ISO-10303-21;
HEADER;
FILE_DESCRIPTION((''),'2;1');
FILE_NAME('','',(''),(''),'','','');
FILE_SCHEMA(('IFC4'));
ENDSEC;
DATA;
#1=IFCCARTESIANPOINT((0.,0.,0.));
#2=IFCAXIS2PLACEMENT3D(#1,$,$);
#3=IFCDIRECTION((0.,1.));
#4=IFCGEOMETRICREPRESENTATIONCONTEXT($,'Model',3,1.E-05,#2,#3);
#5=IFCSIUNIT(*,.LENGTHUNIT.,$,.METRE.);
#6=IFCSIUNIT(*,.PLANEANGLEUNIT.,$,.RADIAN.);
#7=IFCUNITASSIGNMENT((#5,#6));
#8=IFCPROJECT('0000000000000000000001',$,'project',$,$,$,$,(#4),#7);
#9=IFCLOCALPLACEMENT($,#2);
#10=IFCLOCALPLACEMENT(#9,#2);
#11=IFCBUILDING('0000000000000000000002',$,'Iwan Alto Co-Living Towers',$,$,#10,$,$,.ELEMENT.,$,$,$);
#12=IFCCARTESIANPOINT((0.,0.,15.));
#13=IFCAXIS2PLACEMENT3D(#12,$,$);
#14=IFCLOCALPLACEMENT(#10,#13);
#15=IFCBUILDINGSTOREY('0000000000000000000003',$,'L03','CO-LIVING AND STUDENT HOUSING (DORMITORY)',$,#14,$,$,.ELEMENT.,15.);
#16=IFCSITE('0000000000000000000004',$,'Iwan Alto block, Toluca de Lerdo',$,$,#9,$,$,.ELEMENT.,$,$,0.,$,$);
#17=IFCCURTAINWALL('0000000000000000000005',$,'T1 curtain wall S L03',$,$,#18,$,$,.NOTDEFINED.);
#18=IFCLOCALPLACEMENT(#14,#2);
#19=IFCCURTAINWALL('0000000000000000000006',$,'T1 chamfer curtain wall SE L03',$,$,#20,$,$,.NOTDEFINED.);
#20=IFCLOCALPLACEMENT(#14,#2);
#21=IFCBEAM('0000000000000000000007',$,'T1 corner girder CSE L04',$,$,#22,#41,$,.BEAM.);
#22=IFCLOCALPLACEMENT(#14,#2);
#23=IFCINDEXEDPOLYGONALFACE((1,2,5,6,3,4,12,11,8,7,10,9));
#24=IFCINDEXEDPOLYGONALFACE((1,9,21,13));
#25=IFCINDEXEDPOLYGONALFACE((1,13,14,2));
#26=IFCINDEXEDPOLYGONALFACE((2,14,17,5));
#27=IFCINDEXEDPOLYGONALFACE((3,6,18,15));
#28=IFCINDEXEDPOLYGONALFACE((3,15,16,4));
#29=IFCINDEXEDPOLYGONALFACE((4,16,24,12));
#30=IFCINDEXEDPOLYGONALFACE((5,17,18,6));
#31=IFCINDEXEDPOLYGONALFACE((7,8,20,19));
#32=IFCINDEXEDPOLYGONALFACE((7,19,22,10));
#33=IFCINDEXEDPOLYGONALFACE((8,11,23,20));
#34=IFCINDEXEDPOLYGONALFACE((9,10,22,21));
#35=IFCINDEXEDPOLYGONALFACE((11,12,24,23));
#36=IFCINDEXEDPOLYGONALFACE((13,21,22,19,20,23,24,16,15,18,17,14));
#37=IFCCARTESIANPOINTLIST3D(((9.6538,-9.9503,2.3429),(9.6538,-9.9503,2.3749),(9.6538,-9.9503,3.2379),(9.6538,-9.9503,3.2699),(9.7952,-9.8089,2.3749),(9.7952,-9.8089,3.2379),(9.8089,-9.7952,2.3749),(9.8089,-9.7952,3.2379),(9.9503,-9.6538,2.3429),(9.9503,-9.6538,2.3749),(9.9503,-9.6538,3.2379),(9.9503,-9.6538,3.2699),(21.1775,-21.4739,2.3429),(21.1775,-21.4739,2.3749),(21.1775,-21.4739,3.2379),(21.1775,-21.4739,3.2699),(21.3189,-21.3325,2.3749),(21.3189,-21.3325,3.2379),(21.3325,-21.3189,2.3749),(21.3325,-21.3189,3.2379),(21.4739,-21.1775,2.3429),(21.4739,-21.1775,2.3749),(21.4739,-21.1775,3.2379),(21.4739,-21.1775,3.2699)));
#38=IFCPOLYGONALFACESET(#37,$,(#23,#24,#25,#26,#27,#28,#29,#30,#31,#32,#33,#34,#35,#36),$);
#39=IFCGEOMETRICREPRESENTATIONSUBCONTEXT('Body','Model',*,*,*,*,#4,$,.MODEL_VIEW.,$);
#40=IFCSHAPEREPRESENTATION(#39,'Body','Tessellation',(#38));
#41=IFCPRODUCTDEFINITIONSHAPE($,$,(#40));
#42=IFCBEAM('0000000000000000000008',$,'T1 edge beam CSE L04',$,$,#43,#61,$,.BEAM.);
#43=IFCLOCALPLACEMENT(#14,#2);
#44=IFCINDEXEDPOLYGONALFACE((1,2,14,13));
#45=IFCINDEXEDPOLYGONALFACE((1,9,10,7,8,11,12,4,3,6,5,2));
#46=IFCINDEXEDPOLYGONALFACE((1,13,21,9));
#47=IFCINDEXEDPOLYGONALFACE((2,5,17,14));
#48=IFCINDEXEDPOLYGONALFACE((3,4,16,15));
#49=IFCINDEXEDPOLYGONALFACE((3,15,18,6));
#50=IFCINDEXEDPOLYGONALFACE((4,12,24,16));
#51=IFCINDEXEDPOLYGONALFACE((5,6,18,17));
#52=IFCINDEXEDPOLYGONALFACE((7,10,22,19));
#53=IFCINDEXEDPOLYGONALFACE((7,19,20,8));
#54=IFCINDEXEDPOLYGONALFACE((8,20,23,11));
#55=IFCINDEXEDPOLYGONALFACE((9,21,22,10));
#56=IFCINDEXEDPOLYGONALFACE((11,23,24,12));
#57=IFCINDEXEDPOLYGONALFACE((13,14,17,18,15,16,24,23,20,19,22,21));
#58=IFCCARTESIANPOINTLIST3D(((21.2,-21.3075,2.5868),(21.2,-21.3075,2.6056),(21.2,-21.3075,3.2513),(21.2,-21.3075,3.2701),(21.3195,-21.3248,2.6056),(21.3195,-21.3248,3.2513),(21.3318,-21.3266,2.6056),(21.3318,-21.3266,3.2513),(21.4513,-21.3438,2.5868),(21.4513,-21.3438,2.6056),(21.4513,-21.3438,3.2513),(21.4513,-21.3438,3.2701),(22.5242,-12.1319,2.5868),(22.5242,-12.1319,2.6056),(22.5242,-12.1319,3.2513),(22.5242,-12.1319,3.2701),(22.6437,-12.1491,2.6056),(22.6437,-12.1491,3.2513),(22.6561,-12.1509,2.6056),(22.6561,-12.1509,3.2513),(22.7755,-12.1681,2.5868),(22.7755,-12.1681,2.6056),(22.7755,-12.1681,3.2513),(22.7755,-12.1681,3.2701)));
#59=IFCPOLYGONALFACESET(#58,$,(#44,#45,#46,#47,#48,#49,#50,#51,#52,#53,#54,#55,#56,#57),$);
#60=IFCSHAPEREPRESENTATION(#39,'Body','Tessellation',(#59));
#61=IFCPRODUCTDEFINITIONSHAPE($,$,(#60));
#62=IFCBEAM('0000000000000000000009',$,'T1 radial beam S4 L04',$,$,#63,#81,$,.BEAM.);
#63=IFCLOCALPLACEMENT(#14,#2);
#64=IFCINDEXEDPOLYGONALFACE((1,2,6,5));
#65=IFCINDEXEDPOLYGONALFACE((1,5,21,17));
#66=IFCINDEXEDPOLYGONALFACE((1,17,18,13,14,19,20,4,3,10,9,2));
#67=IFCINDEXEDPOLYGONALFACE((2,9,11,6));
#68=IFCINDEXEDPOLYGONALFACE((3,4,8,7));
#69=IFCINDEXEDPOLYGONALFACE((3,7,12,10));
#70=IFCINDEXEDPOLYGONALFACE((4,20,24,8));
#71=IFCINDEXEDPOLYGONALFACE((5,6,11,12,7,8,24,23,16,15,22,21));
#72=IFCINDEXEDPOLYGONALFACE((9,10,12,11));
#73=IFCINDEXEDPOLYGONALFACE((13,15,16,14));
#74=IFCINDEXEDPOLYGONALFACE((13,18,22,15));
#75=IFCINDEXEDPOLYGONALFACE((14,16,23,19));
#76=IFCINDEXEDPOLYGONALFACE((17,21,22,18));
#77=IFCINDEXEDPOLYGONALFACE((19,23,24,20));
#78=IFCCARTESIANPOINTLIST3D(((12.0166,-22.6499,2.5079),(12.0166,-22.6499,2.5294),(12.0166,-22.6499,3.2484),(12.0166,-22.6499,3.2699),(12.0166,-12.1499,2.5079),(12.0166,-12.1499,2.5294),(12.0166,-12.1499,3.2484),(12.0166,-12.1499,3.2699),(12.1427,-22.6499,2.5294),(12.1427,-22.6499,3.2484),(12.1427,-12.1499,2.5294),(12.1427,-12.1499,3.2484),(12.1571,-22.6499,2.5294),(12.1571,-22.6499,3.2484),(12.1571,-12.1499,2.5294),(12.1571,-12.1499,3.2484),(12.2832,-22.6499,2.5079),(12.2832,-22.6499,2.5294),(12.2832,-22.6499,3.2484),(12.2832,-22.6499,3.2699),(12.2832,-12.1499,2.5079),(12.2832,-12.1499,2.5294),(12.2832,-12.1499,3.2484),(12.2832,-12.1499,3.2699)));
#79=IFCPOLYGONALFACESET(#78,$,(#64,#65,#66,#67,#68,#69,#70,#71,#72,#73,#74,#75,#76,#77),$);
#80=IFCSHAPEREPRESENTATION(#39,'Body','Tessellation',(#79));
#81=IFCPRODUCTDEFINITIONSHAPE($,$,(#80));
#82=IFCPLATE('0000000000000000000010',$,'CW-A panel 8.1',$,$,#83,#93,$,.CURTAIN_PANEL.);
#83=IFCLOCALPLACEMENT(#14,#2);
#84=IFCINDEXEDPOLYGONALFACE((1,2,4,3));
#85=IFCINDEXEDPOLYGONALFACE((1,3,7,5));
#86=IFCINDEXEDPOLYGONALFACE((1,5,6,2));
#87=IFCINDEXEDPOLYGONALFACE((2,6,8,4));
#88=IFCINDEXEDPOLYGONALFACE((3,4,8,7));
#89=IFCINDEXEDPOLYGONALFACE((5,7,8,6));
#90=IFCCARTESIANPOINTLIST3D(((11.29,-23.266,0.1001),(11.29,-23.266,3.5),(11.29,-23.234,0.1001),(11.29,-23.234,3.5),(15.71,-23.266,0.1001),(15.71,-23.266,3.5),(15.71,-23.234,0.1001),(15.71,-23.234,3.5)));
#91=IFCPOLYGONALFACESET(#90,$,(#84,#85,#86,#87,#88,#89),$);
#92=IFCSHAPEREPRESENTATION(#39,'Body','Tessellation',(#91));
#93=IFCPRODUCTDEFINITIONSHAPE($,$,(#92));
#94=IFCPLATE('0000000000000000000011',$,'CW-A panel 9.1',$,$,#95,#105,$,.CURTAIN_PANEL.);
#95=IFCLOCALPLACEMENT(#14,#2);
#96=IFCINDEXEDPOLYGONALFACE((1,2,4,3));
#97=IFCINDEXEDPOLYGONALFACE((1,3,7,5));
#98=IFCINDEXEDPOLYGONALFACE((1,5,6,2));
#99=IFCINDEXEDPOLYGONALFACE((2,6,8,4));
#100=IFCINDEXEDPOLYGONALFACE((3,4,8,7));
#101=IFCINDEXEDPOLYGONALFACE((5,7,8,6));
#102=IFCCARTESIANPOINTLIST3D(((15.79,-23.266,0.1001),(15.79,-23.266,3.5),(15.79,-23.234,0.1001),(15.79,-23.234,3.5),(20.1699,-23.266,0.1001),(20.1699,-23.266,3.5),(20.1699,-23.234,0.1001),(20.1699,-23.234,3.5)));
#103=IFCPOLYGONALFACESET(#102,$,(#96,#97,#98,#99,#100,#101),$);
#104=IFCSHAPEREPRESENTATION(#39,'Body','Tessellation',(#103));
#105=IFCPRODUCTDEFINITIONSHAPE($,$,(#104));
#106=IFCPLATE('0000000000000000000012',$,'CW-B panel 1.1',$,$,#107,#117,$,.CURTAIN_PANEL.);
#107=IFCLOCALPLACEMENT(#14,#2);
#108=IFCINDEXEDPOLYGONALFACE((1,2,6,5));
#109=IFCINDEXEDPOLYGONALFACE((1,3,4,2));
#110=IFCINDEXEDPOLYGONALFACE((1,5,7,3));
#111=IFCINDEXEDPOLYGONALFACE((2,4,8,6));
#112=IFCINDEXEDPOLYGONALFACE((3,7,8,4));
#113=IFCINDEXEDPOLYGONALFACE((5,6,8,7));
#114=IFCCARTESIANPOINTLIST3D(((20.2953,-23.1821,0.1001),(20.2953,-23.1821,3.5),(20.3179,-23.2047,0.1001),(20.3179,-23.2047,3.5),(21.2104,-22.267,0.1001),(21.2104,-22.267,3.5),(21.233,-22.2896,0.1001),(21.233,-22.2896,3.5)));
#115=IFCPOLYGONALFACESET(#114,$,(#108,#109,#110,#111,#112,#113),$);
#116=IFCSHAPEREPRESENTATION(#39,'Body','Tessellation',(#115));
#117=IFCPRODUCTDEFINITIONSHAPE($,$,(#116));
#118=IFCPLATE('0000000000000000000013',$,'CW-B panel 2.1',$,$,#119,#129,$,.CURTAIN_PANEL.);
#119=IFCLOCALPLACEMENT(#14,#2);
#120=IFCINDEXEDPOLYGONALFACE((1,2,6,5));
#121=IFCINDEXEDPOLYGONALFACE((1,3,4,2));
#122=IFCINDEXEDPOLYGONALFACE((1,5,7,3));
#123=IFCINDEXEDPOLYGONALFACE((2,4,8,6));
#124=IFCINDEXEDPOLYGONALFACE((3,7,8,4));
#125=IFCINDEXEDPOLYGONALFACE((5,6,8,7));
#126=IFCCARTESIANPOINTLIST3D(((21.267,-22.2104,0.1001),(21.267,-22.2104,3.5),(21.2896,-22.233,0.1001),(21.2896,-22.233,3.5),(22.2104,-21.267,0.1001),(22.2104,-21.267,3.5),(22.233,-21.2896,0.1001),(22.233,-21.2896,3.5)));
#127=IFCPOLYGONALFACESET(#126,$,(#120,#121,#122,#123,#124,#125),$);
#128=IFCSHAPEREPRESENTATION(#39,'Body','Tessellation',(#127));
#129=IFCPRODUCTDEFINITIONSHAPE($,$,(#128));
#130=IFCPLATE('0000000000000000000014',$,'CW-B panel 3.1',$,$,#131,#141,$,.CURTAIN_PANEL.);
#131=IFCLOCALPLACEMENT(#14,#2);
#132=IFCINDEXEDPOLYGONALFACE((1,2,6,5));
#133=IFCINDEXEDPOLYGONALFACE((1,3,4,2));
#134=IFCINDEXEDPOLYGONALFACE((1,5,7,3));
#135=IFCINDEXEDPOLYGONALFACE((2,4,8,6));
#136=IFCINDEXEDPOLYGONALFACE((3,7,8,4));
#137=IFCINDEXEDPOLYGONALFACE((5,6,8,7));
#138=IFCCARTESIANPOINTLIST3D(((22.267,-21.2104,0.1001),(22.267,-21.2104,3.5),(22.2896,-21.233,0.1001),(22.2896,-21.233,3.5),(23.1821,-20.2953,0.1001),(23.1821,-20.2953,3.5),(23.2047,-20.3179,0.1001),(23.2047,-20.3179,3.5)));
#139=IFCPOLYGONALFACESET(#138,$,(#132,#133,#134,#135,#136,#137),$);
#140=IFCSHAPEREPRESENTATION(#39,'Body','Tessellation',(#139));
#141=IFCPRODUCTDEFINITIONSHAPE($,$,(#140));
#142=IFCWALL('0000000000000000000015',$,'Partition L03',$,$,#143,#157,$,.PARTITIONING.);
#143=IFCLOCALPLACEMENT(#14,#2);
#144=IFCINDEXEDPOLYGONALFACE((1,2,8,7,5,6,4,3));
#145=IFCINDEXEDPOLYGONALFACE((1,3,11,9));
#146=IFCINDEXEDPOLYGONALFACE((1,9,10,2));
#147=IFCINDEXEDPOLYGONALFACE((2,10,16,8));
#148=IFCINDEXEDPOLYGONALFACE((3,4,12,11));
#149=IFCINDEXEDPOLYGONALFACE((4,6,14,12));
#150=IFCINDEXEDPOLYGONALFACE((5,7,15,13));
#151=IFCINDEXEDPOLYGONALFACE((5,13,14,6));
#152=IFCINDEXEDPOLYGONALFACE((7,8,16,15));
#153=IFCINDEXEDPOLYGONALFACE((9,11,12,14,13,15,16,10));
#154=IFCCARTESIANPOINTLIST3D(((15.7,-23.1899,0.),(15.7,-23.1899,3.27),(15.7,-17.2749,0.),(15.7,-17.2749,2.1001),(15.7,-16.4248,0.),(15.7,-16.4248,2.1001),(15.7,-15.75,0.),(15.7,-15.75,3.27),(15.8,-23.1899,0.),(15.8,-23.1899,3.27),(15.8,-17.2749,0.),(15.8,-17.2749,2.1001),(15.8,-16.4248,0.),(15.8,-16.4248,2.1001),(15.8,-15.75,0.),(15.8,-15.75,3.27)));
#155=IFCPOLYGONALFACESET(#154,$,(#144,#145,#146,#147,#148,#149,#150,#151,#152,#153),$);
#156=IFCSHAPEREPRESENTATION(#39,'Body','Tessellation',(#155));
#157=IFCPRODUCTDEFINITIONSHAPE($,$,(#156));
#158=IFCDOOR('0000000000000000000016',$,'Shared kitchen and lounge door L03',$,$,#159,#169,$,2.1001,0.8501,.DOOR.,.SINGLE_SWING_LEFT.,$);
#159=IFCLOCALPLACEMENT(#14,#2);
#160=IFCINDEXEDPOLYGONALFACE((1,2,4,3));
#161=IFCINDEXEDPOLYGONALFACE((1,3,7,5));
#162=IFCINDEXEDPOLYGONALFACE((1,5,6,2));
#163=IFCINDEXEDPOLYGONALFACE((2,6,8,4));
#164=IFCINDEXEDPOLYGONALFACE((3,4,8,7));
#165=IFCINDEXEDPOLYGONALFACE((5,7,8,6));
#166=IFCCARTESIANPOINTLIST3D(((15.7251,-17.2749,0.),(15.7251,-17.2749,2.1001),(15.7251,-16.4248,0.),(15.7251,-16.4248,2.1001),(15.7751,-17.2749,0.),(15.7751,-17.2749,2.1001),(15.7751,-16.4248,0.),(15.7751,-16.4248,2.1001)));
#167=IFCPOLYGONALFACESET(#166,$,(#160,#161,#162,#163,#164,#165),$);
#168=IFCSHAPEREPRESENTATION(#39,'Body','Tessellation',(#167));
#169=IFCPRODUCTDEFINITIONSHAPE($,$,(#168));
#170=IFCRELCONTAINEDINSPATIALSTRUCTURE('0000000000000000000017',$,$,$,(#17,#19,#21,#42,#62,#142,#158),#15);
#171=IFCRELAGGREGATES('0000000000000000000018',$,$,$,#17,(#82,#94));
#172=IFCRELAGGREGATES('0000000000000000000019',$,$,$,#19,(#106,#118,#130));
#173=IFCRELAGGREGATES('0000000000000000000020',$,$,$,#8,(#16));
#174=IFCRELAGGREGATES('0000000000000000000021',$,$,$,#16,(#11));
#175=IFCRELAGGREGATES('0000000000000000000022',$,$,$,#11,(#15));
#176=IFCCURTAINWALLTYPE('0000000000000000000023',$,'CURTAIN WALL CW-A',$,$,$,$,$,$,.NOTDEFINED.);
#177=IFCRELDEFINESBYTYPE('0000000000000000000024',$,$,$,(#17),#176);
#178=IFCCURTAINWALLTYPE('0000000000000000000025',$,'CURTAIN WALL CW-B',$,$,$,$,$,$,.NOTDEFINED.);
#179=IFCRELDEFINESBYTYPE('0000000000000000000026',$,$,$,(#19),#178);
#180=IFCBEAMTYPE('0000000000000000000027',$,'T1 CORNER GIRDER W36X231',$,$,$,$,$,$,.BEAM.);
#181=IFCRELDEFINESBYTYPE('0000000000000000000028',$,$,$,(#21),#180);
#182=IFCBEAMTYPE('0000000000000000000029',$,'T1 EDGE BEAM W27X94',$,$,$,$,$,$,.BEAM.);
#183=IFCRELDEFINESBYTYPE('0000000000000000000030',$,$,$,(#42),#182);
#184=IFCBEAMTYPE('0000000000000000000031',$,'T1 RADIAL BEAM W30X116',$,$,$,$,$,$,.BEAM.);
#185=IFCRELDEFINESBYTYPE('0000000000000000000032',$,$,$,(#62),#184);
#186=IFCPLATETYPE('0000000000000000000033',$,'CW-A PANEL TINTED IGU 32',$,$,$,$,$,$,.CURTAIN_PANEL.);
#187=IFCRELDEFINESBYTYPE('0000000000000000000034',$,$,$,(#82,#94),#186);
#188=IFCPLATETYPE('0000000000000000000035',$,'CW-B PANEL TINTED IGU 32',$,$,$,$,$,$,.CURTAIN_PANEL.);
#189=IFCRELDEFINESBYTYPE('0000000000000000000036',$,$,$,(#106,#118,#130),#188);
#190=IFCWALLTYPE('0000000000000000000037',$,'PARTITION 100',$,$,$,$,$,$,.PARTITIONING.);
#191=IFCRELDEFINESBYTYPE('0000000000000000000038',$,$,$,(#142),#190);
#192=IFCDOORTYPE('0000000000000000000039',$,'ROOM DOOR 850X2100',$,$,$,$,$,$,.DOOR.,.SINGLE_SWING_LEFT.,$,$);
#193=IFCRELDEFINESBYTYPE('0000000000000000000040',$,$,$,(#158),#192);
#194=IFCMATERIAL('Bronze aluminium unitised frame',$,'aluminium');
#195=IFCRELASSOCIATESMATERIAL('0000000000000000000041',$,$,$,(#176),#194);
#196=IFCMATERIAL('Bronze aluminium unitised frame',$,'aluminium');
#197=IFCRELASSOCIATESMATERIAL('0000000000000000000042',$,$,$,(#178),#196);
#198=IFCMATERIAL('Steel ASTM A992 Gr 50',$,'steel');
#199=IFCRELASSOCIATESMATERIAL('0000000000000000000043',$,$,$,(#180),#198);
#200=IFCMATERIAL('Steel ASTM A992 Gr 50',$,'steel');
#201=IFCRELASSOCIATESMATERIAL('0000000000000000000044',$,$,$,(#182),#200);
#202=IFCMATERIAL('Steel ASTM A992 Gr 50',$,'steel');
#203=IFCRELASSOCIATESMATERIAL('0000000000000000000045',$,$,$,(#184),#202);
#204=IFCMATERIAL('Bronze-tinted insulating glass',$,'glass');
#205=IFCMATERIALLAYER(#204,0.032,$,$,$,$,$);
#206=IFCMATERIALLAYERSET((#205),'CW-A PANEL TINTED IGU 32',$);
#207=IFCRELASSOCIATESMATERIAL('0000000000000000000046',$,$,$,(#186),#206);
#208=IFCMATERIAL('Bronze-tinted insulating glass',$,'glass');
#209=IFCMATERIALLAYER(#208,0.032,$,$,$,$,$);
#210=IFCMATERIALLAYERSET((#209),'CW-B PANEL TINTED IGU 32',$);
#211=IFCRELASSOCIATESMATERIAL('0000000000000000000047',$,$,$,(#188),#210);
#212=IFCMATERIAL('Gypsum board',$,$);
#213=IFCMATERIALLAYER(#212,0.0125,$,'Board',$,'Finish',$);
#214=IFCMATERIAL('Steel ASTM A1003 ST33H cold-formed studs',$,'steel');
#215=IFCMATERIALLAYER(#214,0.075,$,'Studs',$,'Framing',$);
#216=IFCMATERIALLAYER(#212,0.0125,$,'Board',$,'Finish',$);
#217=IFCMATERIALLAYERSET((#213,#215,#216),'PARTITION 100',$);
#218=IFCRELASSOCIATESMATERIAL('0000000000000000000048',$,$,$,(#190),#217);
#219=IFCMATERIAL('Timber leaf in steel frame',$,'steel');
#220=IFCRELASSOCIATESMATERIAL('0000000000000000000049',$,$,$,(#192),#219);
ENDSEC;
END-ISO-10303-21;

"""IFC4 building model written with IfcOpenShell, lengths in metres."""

from ifc_helpers import new_model, si_unit, direction, frame, frame_2d, origin, origin_2d, place, context, subcontext, project, spatial, rectangle, i_section, extrude, material, layer, layer_set, material_profile, profile_set, type_object, element, fill, aggregate, save


model = new_model("IFC4")

# Units and contexts
model_context = context("Model", 3, precision=1e-05, world=origin(), true_north=direction((0.0, 1.0)))
body_context = subcontext(model_context, "Body", "Model", "MODEL_VIEW")
ifc_project = project(units=[si_unit("LENGTHUNIT", "METRE"), si_unit("PLANEANGLEUNIT", "RADIAN")], contexts=[model_context])

# Site, building, storey
site_placement = place(None, origin())
site = spatial("IfcSite", under=ifc_project, at=site_placement, Name="Iwan Alto block, Toluca de Lerdo", CompositionType="ELEMENT", RefElevation=0.0)
building_placement = place(site_placement, origin())
building = spatial("IfcBuilding", under=site, at=building_placement, Name="Iwan Alto Co-Living Towers", CompositionType="ELEMENT")
storey_placement = place(building_placement, frame((0.0, 0.0, 15.0)))
storey = spatial("IfcBuildingStorey", under=building, at=storey_placement, Name="L03", Description="CO-LIVING AND STUDENT HOUSING (DORMITORY)", CompositionType="ELEMENT", Elevation=15.0)

# Curtain wall
ifc_material_1 = material(Name="Bronze aluminium unitised frame", Category="aluminium")
curtain_wall_type_1 = type_object("IfcCurtainWallType", Name="CURTAIN WALL CW-A", PredefinedType="NOTDEFINED", material=ifc_material_1)
curtain_wall_1_placement = place(storey_placement, origin())
curtain_wall_1 = element("IfcCurtainWall", 1, at=curtain_wall_1_placement, inside=storey, type_object=curtain_wall_type_1, Name="T1 curtain wall S L03", PredefinedType="NOTDEFINED")

# Curtain wall
ifc_material_2 = material(Name="Bronze aluminium unitised frame", Category="aluminium")
curtain_wall_type_2 = type_object("IfcCurtainWallType", Name="CURTAIN WALL CW-B", PredefinedType="NOTDEFINED", material=ifc_material_2)
curtain_wall_2_placement = place(storey_placement, origin())
curtain_wall_2 = element("IfcCurtainWall", 2, at=curtain_wall_2_placement, inside=storey, type_object=curtain_wall_type_2, Name="T1 chamfer curtain wall SE L03", PredefinedType="NOTDEFINED")

# Beams
ifc_material_3 = material(Name="Steel ASTM A992 Gr 50", Category="steel")
ifc_material_profile_1 = material_profile(ifc_material_3, i_section(OverallWidth=0.4192, OverallDepth=0.927, WebThickness=0.0193, FlangeThickness=0.032, at=origin_2d()), Name="W36X231")
ifc_profile_set_1 = profile_set([ifc_material_profile_1], Name="Steel ASTM A992 Gr 50")
beam_type_1 = type_object("IfcBeamType", Name="T1 CORNER GIRDER W36X231", PredefinedType="BEAM", material=ifc_profile_set_1)
beam_1_placement = place(storey_placement, frame((21.3257, -21.3257, 2.8064), z_axis=(-0.707107, 0.707107, 0.0), x_axis=(-0.707107, -0.707107, 0.0)))
element("IfcBeam", 3, at=beam_1_placement, inside=storey, type_object=beam_type_1, Name="T1 corner girder CSE L04", PredefinedType="BEAM", context=body_context, shape_type="SweptSolid", body=[
    extrude(i_section(OverallWidth=0.4192, OverallDepth=0.927, WebThickness=0.0193, FlangeThickness=0.032, at=origin_2d()), origin(), (0.0, 0.0, 1.0), 16.2969),
])
ifc_material_4 = material(Name="Steel ASTM A992 Gr 50", Category="steel")
ifc_material_profile_2 = material_profile(ifc_material_4, i_section(OverallWidth=0.2539, OverallDepth=0.6833, WebThickness=0.0125, FlangeThickness=0.0188, at=origin_2d()), Name="W27X94")
ifc_profile_set_2 = profile_set([ifc_material_profile_2], Name="Steel ASTM A992 Gr 50")
beam_type_2 = type_object("IfcBeamType", Name="T1 EDGE BEAM W27X94", PredefinedType="BEAM", material=ifc_profile_set_2)
beam_2_placement = place(storey_placement, frame((21.3257, -21.3257, 2.9285), z_axis=(0.142837, 0.989746, 0.0), x_axis=(-0.989746, 0.142837, 0.0)))
element("IfcBeam", 4, at=beam_2_placement, inside=storey, type_object=beam_type_2, Name="T1 edge beam CSE L04", PredefinedType="BEAM", context=body_context, shape_type="SweptSolid", body=[
    extrude(i_section(OverallWidth=0.2539, OverallDepth=0.6833, WebThickness=0.0125, FlangeThickness=0.0188, at=origin_2d()), origin(), (0.0, 0.0, 1.0), 9.2708),
])
ifc_material_5 = material(Name="Steel ASTM A992 Gr 50", Category="steel")
ifc_material_profile_3 = material_profile(ifc_material_5, i_section(OverallWidth=0.2666, OverallDepth=0.762, WebThickness=0.0144, FlangeThickness=0.0215, at=origin_2d()), Name="W30X116")
ifc_profile_set_3 = profile_set([ifc_material_profile_3], Name="Steel ASTM A992 Gr 50")
beam_type_3 = type_object("IfcBeamType", Name="T1 RADIAL BEAM W30X116", PredefinedType="BEAM", material=ifc_profile_set_3)
beam_3_placement = place(storey_placement, frame((12.1499, -22.6499, 2.8889), z_axis=(0.0, 1.0, 0.0), x_axis=(-1.0, 0.0, 0.0)))
element("IfcBeam", 5, at=beam_3_placement, inside=storey, type_object=beam_type_3, Name="T1 radial beam S4 L04", PredefinedType="BEAM", context=body_context, shape_type="SweptSolid", body=[
    extrude(i_section(OverallWidth=0.2666, OverallDepth=0.762, WebThickness=0.0144, FlangeThickness=0.0215, at=origin_2d()), origin(), (0.0, 0.0, 1.0), 10.5),
])

# Plates
ifc_material_6 = material(Name="Bronze-tinted insulating glass", Category="glass")
ifc_layer_1 = layer(ifc_material_6, 0.032)
ifc_layer_set_1 = layer_set([ifc_layer_1], Name="CW-A PANEL TINTED IGU 32")
plate_type_1 = type_object("IfcPlateType", Name="CW-A PANEL TINTED IGU 32", PredefinedType="CURTAIN_PANEL", material=ifc_layer_set_1)
plate_1_placement = place(storey_placement, frame((13.5, -23.25, 0.1001), z_axis=(0.0, 0.0, 1.0), x_axis=(1.0, 0.0, 0.0)))
plate_1 = element("IfcPlate", 6, at=plate_1_placement, type_object=plate_type_1, Name="CW-A panel 8.1", PredefinedType="CURTAIN_PANEL", context=body_context, shape_type="SweptSolid", body=[
    extrude(rectangle(XDim=4.4199, YDim=0.032, at=origin_2d()), origin(), (0.0, 0.0, 1.0), 3.3999),
])
plate_2_placement = place(storey_placement, frame((17.98, -23.25, 0.1001), z_axis=(0.0, 0.0, 1.0), x_axis=(1.0, 0.0, 0.0)))
plate_2 = element("IfcPlate", 7, at=plate_2_placement, type_object=plate_type_1, Name="CW-A panel 9.1", PredefinedType="CURTAIN_PANEL", context=body_context, shape_type="SweptSolid", body=[
    extrude(rectangle(XDim=4.3799, YDim=0.032, at=origin_2d()), origin(), (0.0, 0.0, 1.0), 3.3999),
])
aggregate(curtain_wall_1, [plate_1, plate_2])
ifc_material_7 = material(Name="Bronze-tinted insulating glass", Category="glass")
ifc_layer_2 = layer(ifc_material_7, 0.032)
ifc_layer_set_2 = layer_set([ifc_layer_2], Name="CW-B PANEL TINTED IGU 32")
plate_type_2 = type_object("IfcPlateType", Name="CW-B PANEL TINTED IGU 32", PredefinedType="CURTAIN_PANEL", material=ifc_layer_set_2)
plate_3_placement = place(storey_placement, frame((20.7642, -22.7358, 0.1001), z_axis=(0.0, 0.0, 1.0), x_axis=(0.707107, 0.707107, 0.0)))
plate_3 = element("IfcPlate", 8, at=plate_3_placement, type_object=plate_type_2, Name="CW-B panel 1.1", PredefinedType="CURTAIN_PANEL", context=body_context, shape_type="SweptSolid", body=[
    extrude(rectangle(XDim=1.2942, YDim=0.032, at=origin_2d()), origin(), (0.0, 0.0, 1.0), 3.3999),
])
plate_4_placement = place(storey_placement, frame((21.75, -21.75, 0.1001), z_axis=(0.0, 0.0, 1.0), x_axis=(0.707107, 0.707107, 0.0)))
plate_4 = element("IfcPlate", 9, at=plate_4_placement, type_object=plate_type_2, Name="CW-B panel 2.1", PredefinedType="CURTAIN_PANEL", context=body_context, shape_type="SweptSolid", body=[
    extrude(rectangle(XDim=1.3342, YDim=0.032, at=origin_2d()), origin(), (0.0, 0.0, 1.0), 3.3999),
])
plate_5_placement = place(storey_placement, frame((22.7358, -20.7642, 0.1001), z_axis=(0.0, 0.0, 1.0), x_axis=(0.707107, 0.707107, 0.0)))
plate_5 = element("IfcPlate", 10, at=plate_5_placement, type_object=plate_type_2, Name="CW-B panel 3.1", PredefinedType="CURTAIN_PANEL", context=body_context, shape_type="SweptSolid", body=[
    extrude(rectangle(XDim=1.2942, YDim=0.032, at=origin_2d()), origin(), (0.0, 0.0, 1.0), 3.3999),
])
aggregate(curtain_wall_2, [plate_3, plate_4, plate_5])

# Wall, opening, door
ifc_material_8 = material(Name="Gypsum board")
ifc_layer_3 = layer(ifc_material_8, 0.0125, Name="Board", Category="Finish")
ifc_material_9 = material(Name="Steel ASTM A1003 ST33H cold-formed studs", Category="steel")
ifc_layer_4 = layer(ifc_material_9, 0.075, Name="Studs", Category="Framing")
ifc_layer_5 = layer(ifc_material_8, 0.0125, Name="Board", Category="Finish")
ifc_layer_set_3 = layer_set([ifc_layer_3, ifc_layer_4, ifc_layer_5], Name="PARTITION 100")
wall_type = type_object("IfcWallType", Name="PARTITION 100", PredefinedType="PARTITIONING", material=ifc_layer_set_3)
wall_placement = place(storey_placement, frame((15.75, -23.1899, 0.0), z_axis=(0.0, 0.0, 1.0), x_axis=(0.0, 1.0, 0.0)))
wall = element("IfcWall", 11, at=wall_placement, inside=storey, type_object=wall_type, Name="Partition L03", PredefinedType="PARTITIONING", context=body_context, shape_type="SweptSolid", body=[
    extrude(rectangle(XDim=7.4399, YDim=0.1001, at=frame_2d((3.72, 0.0))), origin(), (0.0, 0.0, 1.0), 3.27),
])
opening_placement = place(wall_placement, frame((5.915, 0.0, 0.0)))
opening = element("IfcOpeningElement", 12, at=opening_placement, cuts=wall, PredefinedType="OPENING", context=body_context, shape_type="SweptSolid", body=[
    extrude(rectangle(XDim=0.8501, YDim=2.1001, at=frame_2d((0.425, 1.05))), frame((0.0, 0.0601, 0.0), z_axis=(0.0, -1.0, 0.0), x_axis=(1.0, 0.0, 0.0)), (0.0, 0.0, 1.0), 0.1201),
])
ifc_material_10 = material(Name="Timber leaf in steel frame", Category="steel")
door_type = type_object("IfcDoorType", Name="ROOM DOOR 850X2100", OperationType="SINGLE_SWING_LEFT", PredefinedType="DOOR", material=ifc_material_10)
door_placement = place(opening_placement, origin())
door = element("IfcDoor", 13, at=door_placement, inside=storey, type_object=door_type, Name="Shared kitchen and lounge door L03", OperationType="SINGLE_SWING_LEFT", OverallHeight=2.1001, OverallWidth=0.8501, PredefinedType="DOOR", context=body_context, shape_type="SweptSolid", body=[
    extrude(rectangle(XDim=0.8501, YDim=2.1001, at=frame_2d((0.425, 1.05))), frame((0.0, 0.0249, 0.0), z_axis=(0.0, -1.0, 0.0), x_axis=(1.0, 0.0, 0.0)), (0.0, 0.0, 1.0), 0.05),
])
fill(opening, door)

save(model, "model.ifc")
